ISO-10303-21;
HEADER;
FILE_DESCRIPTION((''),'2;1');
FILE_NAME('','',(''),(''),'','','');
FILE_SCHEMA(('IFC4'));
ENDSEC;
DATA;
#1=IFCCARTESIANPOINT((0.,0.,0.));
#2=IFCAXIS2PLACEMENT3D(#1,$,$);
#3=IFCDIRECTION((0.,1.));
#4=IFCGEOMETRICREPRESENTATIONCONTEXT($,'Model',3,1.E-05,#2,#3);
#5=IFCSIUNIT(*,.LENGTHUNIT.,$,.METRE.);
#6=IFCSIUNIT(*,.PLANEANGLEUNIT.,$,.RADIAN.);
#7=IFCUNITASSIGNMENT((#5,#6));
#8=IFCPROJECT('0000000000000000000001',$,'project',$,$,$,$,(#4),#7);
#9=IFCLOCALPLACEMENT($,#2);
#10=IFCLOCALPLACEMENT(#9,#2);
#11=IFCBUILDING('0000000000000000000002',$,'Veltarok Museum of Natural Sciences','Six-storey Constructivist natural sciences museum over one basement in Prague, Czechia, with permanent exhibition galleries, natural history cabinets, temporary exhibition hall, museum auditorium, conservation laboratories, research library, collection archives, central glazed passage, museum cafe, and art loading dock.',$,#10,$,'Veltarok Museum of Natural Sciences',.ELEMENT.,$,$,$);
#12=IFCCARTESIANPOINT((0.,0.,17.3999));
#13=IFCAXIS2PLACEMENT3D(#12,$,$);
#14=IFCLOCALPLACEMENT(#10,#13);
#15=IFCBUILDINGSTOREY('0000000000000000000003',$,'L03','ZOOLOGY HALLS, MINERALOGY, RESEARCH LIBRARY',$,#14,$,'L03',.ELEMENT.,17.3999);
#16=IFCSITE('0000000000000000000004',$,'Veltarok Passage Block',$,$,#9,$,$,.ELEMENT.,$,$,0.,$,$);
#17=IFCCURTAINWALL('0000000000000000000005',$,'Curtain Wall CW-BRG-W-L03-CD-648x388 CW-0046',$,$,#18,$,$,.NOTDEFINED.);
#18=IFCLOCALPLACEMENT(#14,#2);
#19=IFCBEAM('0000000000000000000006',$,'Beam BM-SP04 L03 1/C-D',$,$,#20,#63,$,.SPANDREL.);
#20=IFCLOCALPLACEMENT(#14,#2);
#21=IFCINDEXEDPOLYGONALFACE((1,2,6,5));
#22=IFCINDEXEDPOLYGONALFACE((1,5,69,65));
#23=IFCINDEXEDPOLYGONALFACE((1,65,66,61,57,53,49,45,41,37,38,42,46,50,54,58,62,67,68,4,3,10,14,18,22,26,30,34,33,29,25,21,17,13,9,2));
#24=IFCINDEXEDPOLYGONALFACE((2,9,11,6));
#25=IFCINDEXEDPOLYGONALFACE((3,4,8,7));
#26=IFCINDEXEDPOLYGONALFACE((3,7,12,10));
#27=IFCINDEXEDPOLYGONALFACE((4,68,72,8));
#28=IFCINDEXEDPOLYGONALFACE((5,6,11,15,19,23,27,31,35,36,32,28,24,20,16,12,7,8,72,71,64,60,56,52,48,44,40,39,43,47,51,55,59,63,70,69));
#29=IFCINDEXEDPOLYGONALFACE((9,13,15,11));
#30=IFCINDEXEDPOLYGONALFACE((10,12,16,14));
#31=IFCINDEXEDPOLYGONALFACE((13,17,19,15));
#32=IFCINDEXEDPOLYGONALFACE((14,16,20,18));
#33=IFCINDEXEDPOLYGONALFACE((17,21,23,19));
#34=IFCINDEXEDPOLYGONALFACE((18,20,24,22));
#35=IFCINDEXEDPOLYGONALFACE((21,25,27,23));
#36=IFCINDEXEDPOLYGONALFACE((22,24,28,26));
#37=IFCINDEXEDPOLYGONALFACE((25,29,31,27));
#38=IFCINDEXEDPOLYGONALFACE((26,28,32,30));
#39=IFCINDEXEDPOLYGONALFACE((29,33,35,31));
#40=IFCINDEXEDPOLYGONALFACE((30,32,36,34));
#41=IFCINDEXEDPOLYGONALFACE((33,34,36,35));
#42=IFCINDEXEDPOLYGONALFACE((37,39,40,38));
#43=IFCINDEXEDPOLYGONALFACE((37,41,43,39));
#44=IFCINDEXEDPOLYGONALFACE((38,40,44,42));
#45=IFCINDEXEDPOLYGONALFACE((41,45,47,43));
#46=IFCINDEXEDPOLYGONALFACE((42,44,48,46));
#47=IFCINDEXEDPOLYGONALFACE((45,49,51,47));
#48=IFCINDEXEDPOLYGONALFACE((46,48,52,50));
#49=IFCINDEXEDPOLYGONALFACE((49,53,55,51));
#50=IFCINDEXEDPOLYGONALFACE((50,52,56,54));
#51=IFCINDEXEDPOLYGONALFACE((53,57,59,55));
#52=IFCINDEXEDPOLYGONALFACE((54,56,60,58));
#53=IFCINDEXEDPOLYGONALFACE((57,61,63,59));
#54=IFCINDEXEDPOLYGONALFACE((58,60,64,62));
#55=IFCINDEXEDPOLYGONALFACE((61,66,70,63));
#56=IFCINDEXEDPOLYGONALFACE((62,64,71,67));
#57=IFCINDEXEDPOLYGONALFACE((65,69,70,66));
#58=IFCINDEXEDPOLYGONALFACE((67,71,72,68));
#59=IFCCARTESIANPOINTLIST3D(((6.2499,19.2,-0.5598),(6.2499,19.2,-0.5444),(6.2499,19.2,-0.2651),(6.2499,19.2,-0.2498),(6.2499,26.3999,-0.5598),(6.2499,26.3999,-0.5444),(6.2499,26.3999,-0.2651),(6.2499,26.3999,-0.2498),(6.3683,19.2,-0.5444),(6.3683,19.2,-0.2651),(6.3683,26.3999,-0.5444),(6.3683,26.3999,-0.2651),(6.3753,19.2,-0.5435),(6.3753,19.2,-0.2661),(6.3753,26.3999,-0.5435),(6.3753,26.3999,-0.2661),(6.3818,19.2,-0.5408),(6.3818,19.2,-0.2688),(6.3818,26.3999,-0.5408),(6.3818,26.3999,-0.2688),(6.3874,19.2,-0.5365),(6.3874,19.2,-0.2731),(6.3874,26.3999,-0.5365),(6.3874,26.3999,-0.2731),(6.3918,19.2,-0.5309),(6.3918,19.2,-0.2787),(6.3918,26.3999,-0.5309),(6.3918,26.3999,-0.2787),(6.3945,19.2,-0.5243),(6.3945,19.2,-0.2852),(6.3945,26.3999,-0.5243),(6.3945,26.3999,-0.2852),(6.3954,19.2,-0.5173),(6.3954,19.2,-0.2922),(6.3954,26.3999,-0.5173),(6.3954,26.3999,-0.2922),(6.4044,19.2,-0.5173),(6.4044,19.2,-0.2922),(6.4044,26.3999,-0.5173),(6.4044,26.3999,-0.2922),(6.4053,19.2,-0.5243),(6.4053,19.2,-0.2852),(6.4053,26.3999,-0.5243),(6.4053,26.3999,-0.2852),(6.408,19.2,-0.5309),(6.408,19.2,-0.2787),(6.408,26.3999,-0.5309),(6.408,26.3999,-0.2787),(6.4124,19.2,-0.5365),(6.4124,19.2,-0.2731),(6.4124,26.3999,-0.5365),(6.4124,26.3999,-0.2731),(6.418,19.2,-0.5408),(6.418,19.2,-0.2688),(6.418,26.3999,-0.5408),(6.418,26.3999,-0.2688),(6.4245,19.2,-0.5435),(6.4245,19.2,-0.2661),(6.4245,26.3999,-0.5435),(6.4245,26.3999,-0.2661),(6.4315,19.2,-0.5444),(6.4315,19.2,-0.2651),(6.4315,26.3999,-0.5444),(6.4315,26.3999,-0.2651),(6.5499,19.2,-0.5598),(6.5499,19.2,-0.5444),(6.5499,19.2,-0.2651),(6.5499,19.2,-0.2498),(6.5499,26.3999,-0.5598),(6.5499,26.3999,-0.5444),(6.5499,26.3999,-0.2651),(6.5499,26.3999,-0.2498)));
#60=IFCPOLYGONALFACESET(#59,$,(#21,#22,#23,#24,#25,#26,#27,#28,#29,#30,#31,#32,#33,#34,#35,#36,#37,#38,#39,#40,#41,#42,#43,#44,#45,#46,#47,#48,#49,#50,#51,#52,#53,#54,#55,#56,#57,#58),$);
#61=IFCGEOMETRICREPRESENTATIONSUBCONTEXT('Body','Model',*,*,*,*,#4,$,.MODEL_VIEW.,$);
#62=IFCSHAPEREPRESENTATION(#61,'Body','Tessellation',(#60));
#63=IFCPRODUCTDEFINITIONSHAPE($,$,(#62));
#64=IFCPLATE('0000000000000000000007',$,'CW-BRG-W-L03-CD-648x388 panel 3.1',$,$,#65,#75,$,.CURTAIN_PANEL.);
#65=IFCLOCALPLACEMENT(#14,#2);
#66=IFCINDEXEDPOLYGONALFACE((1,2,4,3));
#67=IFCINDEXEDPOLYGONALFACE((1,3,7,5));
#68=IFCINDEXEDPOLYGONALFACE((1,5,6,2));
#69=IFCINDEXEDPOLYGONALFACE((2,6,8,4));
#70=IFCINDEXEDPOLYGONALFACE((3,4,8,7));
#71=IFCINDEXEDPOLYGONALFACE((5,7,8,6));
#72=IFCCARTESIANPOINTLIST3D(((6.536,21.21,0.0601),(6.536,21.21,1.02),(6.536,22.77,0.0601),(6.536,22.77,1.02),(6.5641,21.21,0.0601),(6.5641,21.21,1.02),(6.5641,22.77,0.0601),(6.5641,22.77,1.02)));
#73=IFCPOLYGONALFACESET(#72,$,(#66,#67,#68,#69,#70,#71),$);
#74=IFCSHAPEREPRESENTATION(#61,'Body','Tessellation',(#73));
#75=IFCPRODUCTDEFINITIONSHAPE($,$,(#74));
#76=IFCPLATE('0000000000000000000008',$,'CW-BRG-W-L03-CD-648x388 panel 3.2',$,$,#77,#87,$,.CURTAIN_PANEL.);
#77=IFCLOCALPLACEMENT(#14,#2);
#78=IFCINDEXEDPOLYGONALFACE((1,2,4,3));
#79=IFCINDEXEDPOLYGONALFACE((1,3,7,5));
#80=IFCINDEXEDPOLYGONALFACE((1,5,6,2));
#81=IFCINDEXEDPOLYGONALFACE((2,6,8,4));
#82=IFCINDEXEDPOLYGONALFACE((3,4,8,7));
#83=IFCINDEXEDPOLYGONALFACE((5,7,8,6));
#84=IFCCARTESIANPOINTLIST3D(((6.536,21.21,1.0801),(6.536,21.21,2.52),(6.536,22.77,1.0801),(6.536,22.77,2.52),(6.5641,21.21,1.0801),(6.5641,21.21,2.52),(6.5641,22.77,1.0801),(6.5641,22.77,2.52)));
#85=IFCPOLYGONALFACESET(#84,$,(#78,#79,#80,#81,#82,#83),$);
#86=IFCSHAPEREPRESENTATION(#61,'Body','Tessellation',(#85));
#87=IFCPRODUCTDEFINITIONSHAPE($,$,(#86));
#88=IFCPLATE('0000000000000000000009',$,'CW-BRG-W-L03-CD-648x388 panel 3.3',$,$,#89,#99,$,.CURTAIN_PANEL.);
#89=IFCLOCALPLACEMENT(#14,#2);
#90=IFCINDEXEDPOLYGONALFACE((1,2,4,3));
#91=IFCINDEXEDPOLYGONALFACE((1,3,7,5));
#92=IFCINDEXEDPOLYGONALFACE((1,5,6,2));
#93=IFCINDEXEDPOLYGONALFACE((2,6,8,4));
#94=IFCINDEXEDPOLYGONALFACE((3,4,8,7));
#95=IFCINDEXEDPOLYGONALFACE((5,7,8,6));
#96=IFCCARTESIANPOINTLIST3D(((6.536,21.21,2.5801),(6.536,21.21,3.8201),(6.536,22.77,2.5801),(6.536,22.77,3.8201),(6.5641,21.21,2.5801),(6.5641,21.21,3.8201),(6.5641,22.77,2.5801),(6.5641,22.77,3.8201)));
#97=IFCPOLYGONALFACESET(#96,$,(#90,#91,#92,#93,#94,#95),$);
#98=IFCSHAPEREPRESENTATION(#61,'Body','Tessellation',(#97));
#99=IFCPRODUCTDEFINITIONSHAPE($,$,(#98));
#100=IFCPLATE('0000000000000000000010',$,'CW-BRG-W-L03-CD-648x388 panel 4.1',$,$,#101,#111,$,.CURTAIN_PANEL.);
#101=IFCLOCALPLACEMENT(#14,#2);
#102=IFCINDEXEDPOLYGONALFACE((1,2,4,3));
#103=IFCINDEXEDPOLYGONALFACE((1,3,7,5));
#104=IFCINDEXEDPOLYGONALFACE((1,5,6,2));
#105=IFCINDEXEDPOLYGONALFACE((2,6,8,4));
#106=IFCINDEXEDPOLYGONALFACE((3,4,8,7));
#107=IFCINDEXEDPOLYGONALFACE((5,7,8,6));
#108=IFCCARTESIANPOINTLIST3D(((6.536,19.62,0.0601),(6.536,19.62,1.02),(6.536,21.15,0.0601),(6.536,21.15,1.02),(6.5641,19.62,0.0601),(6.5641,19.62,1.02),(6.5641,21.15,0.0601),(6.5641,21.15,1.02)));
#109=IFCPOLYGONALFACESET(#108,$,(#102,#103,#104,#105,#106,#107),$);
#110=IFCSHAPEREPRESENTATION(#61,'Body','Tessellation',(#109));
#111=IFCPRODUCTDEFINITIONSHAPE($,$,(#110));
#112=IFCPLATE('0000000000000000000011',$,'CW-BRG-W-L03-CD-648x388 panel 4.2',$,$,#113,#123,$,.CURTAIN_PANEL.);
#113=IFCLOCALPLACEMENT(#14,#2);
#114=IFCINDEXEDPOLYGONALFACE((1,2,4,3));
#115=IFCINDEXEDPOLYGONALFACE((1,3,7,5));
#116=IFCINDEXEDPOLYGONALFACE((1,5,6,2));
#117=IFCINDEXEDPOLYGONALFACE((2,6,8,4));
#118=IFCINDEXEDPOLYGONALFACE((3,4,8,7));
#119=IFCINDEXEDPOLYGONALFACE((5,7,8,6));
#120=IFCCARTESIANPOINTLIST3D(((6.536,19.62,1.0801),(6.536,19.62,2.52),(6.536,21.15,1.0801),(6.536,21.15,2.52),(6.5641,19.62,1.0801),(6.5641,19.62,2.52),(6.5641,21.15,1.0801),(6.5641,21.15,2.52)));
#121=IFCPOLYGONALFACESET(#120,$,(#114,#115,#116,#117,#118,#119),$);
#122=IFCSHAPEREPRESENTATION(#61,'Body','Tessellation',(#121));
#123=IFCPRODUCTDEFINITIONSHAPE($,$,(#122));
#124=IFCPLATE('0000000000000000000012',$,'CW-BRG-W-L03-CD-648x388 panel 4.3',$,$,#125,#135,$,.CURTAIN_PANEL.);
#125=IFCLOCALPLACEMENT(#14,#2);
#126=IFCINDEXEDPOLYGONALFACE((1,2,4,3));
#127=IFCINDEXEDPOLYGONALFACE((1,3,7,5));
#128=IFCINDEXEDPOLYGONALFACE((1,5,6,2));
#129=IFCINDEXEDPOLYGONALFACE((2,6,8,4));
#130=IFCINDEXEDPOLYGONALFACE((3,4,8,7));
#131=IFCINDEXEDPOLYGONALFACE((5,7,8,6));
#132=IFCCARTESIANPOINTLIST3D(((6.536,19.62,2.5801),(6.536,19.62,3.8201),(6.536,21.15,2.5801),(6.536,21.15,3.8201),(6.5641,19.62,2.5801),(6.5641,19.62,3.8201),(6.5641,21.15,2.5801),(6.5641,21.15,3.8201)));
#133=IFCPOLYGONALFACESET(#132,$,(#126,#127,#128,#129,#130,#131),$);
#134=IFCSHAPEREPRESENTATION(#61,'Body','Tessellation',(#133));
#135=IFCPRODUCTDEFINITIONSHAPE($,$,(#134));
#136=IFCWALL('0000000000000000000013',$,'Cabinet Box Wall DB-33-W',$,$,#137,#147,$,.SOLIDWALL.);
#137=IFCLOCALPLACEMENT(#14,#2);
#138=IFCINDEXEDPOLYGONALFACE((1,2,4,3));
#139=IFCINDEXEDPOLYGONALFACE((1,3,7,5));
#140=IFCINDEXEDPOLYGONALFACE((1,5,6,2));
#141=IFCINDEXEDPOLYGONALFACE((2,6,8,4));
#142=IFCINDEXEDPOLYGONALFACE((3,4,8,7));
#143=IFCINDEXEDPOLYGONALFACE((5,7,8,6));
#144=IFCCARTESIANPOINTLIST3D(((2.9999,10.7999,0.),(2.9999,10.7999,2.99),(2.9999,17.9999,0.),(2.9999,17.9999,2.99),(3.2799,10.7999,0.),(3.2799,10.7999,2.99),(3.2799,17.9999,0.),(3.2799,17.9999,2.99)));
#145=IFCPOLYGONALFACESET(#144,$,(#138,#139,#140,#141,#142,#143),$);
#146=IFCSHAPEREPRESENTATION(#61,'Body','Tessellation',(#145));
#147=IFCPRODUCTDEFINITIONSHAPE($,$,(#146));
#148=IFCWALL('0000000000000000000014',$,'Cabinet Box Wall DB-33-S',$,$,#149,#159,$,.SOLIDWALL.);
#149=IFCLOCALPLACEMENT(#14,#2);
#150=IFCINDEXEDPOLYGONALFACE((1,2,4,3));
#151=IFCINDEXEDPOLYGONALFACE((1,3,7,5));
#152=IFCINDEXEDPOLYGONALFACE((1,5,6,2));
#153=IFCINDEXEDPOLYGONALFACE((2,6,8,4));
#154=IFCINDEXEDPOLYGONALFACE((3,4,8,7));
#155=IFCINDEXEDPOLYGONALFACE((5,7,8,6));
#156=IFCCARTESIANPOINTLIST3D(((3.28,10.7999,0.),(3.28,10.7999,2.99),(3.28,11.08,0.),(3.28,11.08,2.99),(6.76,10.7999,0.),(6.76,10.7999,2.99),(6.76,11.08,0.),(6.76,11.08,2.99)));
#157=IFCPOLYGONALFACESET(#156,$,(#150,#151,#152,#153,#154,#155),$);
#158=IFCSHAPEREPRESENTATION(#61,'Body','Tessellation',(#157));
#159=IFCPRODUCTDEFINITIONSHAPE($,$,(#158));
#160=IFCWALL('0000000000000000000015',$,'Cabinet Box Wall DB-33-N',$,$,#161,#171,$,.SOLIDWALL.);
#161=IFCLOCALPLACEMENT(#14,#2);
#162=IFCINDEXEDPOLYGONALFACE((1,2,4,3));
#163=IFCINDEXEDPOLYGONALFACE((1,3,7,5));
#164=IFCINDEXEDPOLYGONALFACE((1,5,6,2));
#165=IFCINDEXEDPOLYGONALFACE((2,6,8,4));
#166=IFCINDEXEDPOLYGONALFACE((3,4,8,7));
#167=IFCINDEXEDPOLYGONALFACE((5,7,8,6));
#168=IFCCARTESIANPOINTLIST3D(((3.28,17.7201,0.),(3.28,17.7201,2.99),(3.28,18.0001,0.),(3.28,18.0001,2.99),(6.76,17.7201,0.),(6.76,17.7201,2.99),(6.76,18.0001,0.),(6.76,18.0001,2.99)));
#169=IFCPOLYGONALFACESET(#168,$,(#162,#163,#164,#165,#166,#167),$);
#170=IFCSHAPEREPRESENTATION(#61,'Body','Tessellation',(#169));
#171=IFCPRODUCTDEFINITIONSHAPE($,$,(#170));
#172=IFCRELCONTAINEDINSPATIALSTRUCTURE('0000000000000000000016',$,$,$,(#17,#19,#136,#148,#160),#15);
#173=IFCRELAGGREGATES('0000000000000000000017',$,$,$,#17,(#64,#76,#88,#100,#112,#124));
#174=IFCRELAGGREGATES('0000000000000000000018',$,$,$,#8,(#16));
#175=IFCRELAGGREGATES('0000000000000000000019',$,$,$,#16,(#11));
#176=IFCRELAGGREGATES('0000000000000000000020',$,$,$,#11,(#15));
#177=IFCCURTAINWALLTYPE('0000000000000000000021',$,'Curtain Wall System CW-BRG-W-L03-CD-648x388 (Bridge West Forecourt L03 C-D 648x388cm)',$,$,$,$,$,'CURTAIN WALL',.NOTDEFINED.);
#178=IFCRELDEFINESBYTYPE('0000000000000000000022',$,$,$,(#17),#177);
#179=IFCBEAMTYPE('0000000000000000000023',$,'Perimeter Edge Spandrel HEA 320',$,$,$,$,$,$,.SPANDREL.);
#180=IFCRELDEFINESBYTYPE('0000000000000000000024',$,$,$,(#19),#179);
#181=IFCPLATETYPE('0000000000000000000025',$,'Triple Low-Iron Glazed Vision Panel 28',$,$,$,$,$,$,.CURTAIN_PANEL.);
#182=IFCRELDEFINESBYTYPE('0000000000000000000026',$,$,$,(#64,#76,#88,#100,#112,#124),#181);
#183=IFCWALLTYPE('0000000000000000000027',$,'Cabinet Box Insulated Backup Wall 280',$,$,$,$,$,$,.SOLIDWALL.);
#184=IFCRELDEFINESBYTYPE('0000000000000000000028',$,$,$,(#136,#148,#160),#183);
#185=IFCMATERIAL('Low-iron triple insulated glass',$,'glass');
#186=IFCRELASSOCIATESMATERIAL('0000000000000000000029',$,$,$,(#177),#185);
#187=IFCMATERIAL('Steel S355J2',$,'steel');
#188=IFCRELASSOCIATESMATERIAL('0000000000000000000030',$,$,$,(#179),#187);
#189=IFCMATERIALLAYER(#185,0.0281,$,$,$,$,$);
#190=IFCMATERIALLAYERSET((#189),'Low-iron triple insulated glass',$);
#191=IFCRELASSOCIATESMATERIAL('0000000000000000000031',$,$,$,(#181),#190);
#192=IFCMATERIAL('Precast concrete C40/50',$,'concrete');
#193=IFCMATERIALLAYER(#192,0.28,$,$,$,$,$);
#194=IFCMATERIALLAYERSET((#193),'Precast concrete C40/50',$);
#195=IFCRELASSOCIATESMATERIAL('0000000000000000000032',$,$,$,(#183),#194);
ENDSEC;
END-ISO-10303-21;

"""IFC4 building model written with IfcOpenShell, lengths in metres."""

from ifc_helpers import new_model, si_unit, direction, frame, frame_2d, origin, origin_2d, place, context, subcontext, project, spatial, rectangle, i_section, extrude, material, layer, layer_set, material_profile, profile_set, type_object, element, aggregate, save


model = new_model("IFC4")

# Units and contexts
model_context = context("Model", 3, precision=1e-05, world=origin(), true_north=direction((0.0, 1.0)))
body_context = subcontext(model_context, "Body", "Model", "MODEL_VIEW")
ifc_project = project(units=[si_unit("LENGTHUNIT", "METRE"), si_unit("PLANEANGLEUNIT", "RADIAN")], contexts=[model_context])

# Site, building, storey
site_placement = place(None, origin())
site = spatial("IfcSite", under=ifc_project, at=site_placement, Name="Veltarok Passage Block", CompositionType="ELEMENT", RefElevation=0.0)
building_placement = place(site_placement, origin())
building = spatial("IfcBuilding", under=site, at=building_placement, Name="Veltarok Museum of Natural Sciences", Description="Six-storey Constructivist natural sciences museum over one basement in Prague, Czechia, with permanent exhibition galleries, natural history cabinets, temporary exhibition hall, museum auditorium, conservation laboratories, research library, collection archives, central glazed passage, museum cafe, and art loading dock.", LongName="Veltarok Museum of Natural Sciences", CompositionType="ELEMENT")
storey_placement = place(building_placement, frame((0.0, 0.0, 17.3999)))
storey = spatial("IfcBuildingStorey", under=building, at=storey_placement, Name="L03", Description="ZOOLOGY HALLS, MINERALOGY, RESEARCH LIBRARY", LongName="L03", CompositionType="ELEMENT", Elevation=17.3999)

# Shared definitions
ifc_material_1 = material(Name="Steel S355J2", Category="steel")

# Curtain wall
ifc_material_2 = material(Name="Low-iron triple insulated glass", Category="glass")
curtain_wall_type = type_object("IfcCurtainWallType", Name="Curtain Wall System CW-BRG-W-L03-CD-648x388 (Bridge West Forecourt L03 C-D 648x388cm)", ElementType="CURTAIN WALL", PredefinedType="NOTDEFINED", material=ifc_material_2)
curtain_wall_placement = place(storey_placement, origin())
curtain_wall = element("IfcCurtainWall", 1, at=curtain_wall_placement, inside=storey, type_object=curtain_wall_type, Name="Curtain Wall CW-BRG-W-L03-CD-648x388 CW-0046", PredefinedType="NOTDEFINED")

# Beam
ifc_material_profile_1 = material_profile(ifc_material_1, i_section(OverallWidth=0.3, OverallDepth=0.3101, WebThickness=0.009, FlangeThickness=0.0154, FilletRadius=0.0271, at=origin_2d()), Name="HEA 320")
ifc_profile_set_1 = profile_set([ifc_material_profile_1], Name="Steel S355J2")
beam_type_1 = type_object("IfcBeamType", Name="Perimeter Edge Spandrel HEA 320", PredefinedType="SPANDREL", material=ifc_profile_set_1)
beam_1_placement = place(storey_placement, frame((6.3999, 19.2, -0.4048), z_axis=(0.0, 1.0, 0.0), x_axis=(-1.0, 0.0, 0.0)))
element("IfcBeam", 2, at=beam_1_placement, inside=storey, type_object=beam_type_1, Name="Beam BM-SP04 L03 1/C-D", PredefinedType="SPANDREL", context=body_context, shape_type="SweptSolid", body=[
    extrude(i_section(OverallWidth=0.3, OverallDepth=0.3101, WebThickness=0.009, FlangeThickness=0.0154, FilletRadius=0.0271, at=origin_2d()), origin(), (0.0, 0.0, 1.0), 7.2),
])

# Plates
ifc_layer_1 = layer(ifc_material_2, 0.0281)
ifc_layer_set_1 = layer_set([ifc_layer_1], Name="Low-iron triple insulated glass")
plate_type = type_object("IfcPlateType", Name="Triple Low-Iron Glazed Vision Panel 28", PredefinedType="CURTAIN_PANEL", material=ifc_layer_set_1)
plate_1_placement = place(storey_placement, frame((6.55, 21.99, 0.0601), z_axis=(0.0, 0.0, 1.0), x_axis=(0.0, -1.0, 0.0)))
plate_1 = element("IfcPlate", 3, at=plate_1_placement, type_object=plate_type, Name="CW-BRG-W-L03-CD-648x388 panel 3.1", PredefinedType="CURTAIN_PANEL", context=body_context, shape_type="SweptSolid", body=[
    extrude(rectangle(XDim=1.5601, YDim=0.0281, at=origin_2d()), origin(), (0.0, 0.0, 1.0), 0.96),
])
plate_2_placement = place(storey_placement, frame((6.55, 21.99, 1.0801), z_axis=(0.0, 0.0, 1.0), x_axis=(0.0, -1.0, 0.0)))
plate_2 = element("IfcPlate", 4, at=plate_2_placement, type_object=plate_type, Name="CW-BRG-W-L03-CD-648x388 panel 3.2", PredefinedType="CURTAIN_PANEL", context=body_context, shape_type="SweptSolid", body=[
    extrude(rectangle(XDim=1.5601, YDim=0.0281, at=origin_2d()), origin(), (0.0, 0.0, 1.0), 1.4399),
])
plate_3_placement = place(storey_placement, frame((6.55, 21.99, 2.5801), z_axis=(0.0, 0.0, 1.0), x_axis=(0.0, -1.0, 0.0)))
plate_3 = element("IfcPlate", 5, at=plate_3_placement, type_object=plate_type, Name="CW-BRG-W-L03-CD-648x388 panel 3.3", PredefinedType="CURTAIN_PANEL", context=body_context, shape_type="SweptSolid", body=[
    extrude(rectangle(XDim=1.5601, YDim=0.0281, at=origin_2d()), origin(), (0.0, 0.0, 1.0), 1.24),
])
plate_4_placement = place(storey_placement, frame((6.55, 20.385, 0.0601), z_axis=(0.0, 0.0, 1.0), x_axis=(0.0, -1.0, 0.0)))
plate_4 = element("IfcPlate", 6, at=plate_4_placement, type_object=plate_type, Name="CW-BRG-W-L03-CD-648x388 panel 4.1", PredefinedType="CURTAIN_PANEL", context=body_context, shape_type="SweptSolid", body=[
    extrude(rectangle(XDim=1.53, YDim=0.0281, at=origin_2d()), origin(), (0.0, 0.0, 1.0), 0.96),
])
plate_5_placement = place(storey_placement, frame((6.55, 20.385, 1.0801), z_axis=(0.0, 0.0, 1.0), x_axis=(0.0, -1.0, 0.0)))
plate_5 = element("IfcPlate", 7, at=plate_5_placement, type_object=plate_type, Name="CW-BRG-W-L03-CD-648x388 panel 4.2", PredefinedType="CURTAIN_PANEL", context=body_context, shape_type="SweptSolid", body=[
    extrude(rectangle(XDim=1.53, YDim=0.0281, at=origin_2d()), origin(), (0.0, 0.0, 1.0), 1.4399),
])
plate_6_placement = place(storey_placement, frame((6.55, 20.385, 2.5801), z_axis=(0.0, 0.0, 1.0), x_axis=(0.0, -1.0, 0.0)))
plate_6 = element("IfcPlate", 8, at=plate_6_placement, type_object=plate_type, Name="CW-BRG-W-L03-CD-648x388 panel 4.3", PredefinedType="CURTAIN_PANEL", context=body_context, shape_type="SweptSolid", body=[
    extrude(rectangle(XDim=1.53, YDim=0.0281, at=origin_2d()), origin(), (0.0, 0.0, 1.0), 1.24),
])
aggregate(curtain_wall, [plate_1, plate_2, plate_3, plate_4, plate_5, plate_6])

# Walls
ifc_material_3 = material(Name="Precast concrete C40/50", Category="concrete")
ifc_layer_2 = layer(ifc_material_3, 0.28)
ifc_layer_set_2 = layer_set([ifc_layer_2], Name="Precast concrete C40/50")
wall_type_1 = type_object("IfcWallType", Name="Cabinet Box Insulated Backup Wall 280", PredefinedType="SOLIDWALL", material=ifc_layer_set_2)
wall_1_placement = place(storey_placement, frame((3.1399, 18.0, 0.0), z_axis=(0.0, 0.0, 1.0), x_axis=(0.0, -1.0, 0.0)))
element("IfcWall", 9, at=wall_1_placement, inside=storey, type_object=wall_type_1, Name="Cabinet Box Wall DB-33-W", PredefinedType="SOLIDWALL", context=body_context, shape_type="SweptSolid", body=[
    extrude(rectangle(XDim=7.2, YDim=0.28, at=frame_2d((3.6001, 0.0))), origin(), (0.0, 0.0, 1.0), 2.99),
])
for number, where, z_axis, x_axis, name in (
    (10, (3.28, 10.9399, 0.0), (0.0, 0.0, 1.0), (1.0, 0.0, 0.0), "Cabinet Box Wall DB-33-S"),
    (11, (6.76, 17.8601, 0.0), (0.0, 0.0, 1.0), (-1.0, 0.0, 0.0), "Cabinet Box Wall DB-33-N"),
):
    element("IfcWall", number, at=place(storey_placement, frame(where, z_axis=z_axis, x_axis=x_axis)), inside=storey, type_object=wall_type_1, Name=name, PredefinedType="SOLIDWALL", context=body_context, shape_type="SweptSolid", body=[
        extrude(rectangle(XDim=3.48, YDim=0.28, at=frame_2d((1.74, 0.0))), origin(), (0.0, 0.0, 1.0), 2.99),
    ])

save(model, "model.ifc")
